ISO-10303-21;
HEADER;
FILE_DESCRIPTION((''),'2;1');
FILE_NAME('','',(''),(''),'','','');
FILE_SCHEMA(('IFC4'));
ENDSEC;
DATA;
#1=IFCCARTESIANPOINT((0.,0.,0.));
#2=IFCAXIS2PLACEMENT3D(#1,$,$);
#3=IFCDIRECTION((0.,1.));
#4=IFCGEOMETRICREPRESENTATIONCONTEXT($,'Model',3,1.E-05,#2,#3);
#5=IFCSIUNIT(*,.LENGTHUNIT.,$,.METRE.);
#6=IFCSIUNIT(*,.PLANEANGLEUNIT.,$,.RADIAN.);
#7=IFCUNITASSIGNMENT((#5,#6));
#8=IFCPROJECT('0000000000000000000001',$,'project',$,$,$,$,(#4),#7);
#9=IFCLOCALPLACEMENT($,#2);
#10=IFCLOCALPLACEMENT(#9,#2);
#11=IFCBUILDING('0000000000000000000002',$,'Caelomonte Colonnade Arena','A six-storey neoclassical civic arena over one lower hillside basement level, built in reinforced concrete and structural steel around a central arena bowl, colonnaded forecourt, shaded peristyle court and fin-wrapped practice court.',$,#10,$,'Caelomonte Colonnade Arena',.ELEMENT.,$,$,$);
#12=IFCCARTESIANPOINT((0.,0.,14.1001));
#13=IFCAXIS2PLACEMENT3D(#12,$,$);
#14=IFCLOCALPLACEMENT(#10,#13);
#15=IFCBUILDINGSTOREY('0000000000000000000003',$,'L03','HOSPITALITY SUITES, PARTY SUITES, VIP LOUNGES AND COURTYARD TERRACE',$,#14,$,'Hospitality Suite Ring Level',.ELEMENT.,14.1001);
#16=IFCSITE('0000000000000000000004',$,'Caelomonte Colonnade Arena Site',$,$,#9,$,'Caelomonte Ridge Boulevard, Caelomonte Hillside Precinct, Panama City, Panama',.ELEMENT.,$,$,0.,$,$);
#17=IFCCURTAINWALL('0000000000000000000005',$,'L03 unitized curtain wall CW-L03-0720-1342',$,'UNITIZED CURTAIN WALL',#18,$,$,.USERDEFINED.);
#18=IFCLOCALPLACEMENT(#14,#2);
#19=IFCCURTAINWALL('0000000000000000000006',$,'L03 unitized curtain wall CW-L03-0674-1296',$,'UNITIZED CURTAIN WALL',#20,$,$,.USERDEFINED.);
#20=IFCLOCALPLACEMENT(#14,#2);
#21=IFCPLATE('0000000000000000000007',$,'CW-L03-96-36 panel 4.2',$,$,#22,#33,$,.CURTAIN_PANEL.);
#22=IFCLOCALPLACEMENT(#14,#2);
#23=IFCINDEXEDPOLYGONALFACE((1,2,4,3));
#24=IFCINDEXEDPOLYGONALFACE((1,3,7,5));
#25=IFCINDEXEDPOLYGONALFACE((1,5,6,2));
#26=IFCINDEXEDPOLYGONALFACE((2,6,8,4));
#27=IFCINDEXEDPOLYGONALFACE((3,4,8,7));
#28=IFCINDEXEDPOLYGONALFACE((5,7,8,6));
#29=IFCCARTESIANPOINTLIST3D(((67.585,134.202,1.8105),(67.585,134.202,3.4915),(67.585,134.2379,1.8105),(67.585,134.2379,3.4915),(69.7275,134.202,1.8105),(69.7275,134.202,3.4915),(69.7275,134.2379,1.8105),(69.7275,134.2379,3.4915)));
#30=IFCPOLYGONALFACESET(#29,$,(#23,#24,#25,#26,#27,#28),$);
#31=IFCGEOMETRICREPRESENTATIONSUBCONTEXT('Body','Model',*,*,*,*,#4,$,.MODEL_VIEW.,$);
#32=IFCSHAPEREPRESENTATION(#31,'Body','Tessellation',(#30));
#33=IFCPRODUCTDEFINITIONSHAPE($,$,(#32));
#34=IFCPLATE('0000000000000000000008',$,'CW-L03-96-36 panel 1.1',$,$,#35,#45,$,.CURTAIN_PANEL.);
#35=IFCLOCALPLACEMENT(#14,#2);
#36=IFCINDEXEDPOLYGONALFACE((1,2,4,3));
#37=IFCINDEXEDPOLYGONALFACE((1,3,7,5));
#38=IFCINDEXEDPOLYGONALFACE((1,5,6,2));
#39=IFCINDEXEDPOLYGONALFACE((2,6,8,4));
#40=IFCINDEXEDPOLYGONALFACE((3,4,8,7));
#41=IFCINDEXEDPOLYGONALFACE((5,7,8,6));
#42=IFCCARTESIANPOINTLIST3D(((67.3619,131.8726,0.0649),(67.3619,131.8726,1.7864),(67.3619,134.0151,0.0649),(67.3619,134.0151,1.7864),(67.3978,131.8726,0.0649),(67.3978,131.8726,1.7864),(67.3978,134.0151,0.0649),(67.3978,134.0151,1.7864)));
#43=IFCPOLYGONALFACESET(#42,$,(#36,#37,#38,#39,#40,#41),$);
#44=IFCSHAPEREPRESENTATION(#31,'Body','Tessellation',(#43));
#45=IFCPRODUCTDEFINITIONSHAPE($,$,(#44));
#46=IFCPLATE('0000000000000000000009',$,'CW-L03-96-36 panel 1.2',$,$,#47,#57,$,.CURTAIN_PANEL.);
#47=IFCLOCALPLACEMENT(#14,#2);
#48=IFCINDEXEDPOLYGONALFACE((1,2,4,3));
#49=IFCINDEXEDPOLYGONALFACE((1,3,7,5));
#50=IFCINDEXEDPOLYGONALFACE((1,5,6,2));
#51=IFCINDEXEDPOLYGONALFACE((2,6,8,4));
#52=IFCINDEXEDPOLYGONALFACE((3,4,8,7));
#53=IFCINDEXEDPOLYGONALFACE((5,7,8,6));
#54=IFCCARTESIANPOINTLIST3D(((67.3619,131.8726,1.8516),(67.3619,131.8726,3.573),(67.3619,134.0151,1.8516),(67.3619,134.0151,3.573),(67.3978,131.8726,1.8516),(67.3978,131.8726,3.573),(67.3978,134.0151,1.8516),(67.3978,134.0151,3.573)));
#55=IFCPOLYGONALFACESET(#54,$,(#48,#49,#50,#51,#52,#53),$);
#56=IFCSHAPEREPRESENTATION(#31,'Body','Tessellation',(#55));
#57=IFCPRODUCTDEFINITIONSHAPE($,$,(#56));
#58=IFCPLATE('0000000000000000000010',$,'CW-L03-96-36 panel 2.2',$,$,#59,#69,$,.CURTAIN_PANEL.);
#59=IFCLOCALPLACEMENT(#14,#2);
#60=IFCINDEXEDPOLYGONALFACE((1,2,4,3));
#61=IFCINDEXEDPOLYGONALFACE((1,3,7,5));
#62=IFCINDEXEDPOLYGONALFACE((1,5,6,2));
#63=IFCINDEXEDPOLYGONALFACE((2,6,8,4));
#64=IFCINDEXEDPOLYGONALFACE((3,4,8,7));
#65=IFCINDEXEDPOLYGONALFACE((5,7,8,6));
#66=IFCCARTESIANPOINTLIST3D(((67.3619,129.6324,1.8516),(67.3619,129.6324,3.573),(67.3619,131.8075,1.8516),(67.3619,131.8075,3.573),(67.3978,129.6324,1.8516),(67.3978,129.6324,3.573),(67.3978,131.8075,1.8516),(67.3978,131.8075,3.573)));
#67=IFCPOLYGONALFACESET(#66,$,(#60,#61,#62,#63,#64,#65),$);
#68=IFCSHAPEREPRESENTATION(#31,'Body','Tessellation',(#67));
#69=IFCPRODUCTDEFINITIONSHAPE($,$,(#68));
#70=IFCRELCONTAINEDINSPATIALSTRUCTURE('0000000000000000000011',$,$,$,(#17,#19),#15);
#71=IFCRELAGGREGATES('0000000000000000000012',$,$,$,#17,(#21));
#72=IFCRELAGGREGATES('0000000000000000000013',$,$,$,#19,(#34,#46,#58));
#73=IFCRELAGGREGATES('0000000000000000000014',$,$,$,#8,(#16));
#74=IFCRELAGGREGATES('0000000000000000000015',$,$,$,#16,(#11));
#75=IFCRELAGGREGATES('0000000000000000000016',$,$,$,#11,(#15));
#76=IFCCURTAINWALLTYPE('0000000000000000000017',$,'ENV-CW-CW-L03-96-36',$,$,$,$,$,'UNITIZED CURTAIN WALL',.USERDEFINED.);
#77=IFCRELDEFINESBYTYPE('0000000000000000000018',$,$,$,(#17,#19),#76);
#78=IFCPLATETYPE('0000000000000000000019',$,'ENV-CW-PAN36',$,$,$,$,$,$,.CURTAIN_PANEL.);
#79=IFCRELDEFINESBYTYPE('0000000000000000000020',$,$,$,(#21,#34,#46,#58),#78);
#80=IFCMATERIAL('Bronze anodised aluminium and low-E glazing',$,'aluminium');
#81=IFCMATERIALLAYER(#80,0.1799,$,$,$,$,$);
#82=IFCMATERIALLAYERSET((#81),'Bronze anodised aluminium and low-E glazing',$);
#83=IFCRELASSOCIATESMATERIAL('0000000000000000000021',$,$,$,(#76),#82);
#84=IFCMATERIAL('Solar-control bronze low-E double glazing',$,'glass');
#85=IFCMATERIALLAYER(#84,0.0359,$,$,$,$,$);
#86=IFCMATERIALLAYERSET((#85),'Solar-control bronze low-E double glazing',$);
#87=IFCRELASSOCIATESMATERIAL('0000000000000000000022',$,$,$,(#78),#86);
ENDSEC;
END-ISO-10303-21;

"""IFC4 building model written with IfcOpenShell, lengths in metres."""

from ifc_helpers import new_model, si_unit, direction, frame, origin, origin_2d, place, context, subcontext, project, spatial, rectangle, extrude, material, layer, layer_set, type_object, element, aggregate, save


model = new_model("IFC4")

# Units and contexts
model_context = context("Model", 3, precision=1e-05, world=origin(), true_north=direction((0.0, 1.0)))
body_context = subcontext(model_context, "Body", "Model", "MODEL_VIEW")
ifc_project = project(units=[si_unit("LENGTHUNIT", "METRE"), si_unit("PLANEANGLEUNIT", "RADIAN")], contexts=[model_context])

# Site, building, storey
site_placement = place(None, origin())
site = spatial("IfcSite", under=ifc_project, at=site_placement, Name="Caelomonte Colonnade Arena Site", LongName="Caelomonte Ridge Boulevard, Caelomonte Hillside Precinct, Panama City, Panama", CompositionType="ELEMENT", RefElevation=0.0)
building_placement = place(site_placement, origin())
building = spatial("IfcBuilding", under=site, at=building_placement, Name="Caelomonte Colonnade Arena", Description="A six-storey neoclassical civic arena over one lower hillside basement level, built in reinforced concrete and structural steel around a central arena bowl, colonnaded forecourt, shaded peristyle court and fin-wrapped practice court.", LongName="Caelomonte Colonnade Arena", CompositionType="ELEMENT")
storey_placement = place(building_placement, frame((0.0, 0.0, 14.1001)))
storey = spatial("IfcBuildingStorey", under=building, at=storey_placement, Name="L03", Description="HOSPITALITY SUITES, PARTY SUITES, VIP LOUNGES AND COURTYARD TERRACE", LongName="Hospitality Suite Ring Level", CompositionType="ELEMENT", Elevation=14.1001)

# Curtain walls
ifc_material_1 = material(Name="Bronze anodised aluminium and low-E glazing", Category="aluminium")
ifc_layer_1 = layer(ifc_material_1, 0.1799)
ifc_layer_set_1 = layer_set([ifc_layer_1], Name="Bronze anodised aluminium and low-E glazing")
curtain_wall_type = type_object("IfcCurtainWallType", Name="ENV-CW-CW-L03-96-36", ElementType="UNITIZED CURTAIN WALL", PredefinedType="USERDEFINED", material=ifc_layer_set_1)
curtain_wall_1_placement = place(storey_placement, origin())
curtain_wall_1 = element("IfcCurtainWall", 1, at=curtain_wall_1_placement, inside=storey, type_object=curtain_wall_type, Name="L03 unitized curtain wall CW-L03-0720-1342", ObjectType="UNITIZED CURTAIN WALL", PredefinedType="USERDEFINED")
curtain_wall_2_placement = place(storey_placement, origin())
curtain_wall_2 = element("IfcCurtainWall", 2, at=curtain_wall_2_placement, inside=storey, type_object=curtain_wall_type, Name="L03 unitized curtain wall CW-L03-0674-1296", ObjectType="UNITIZED CURTAIN WALL", PredefinedType="USERDEFINED")

# Plates
ifc_material_2 = material(Name="Solar-control bronze low-E double glazing", Category="glass")
ifc_layer_2 = layer(ifc_material_2, 0.0359)
ifc_layer_set_2 = layer_set([ifc_layer_2], Name="Solar-control bronze low-E double glazing")
plate_type = type_object("IfcPlateType", Name="ENV-CW-PAN36", PredefinedType="CURTAIN_PANEL", material=ifc_layer_set_2)
plate_1_placement = place(storey_placement, frame((68.6562, 134.22, 1.8105), z_axis=(0.0, 0.0, 1.0), x_axis=(-1.0, 0.0, 0.0)))
plate_1 = element("IfcPlate", 3, at=plate_1_placement, type_object=plate_type, Name="CW-L03-96-36 panel 4.2", PredefinedType="CURTAIN_PANEL", context=body_context, shape_type="SweptSolid", body=[
    extrude(rectangle(XDim=2.1426, YDim=0.0359, at=origin_2d()), origin(), (0.0, 0.0, 1.0), 1.6809),
])
aggregate(curtain_wall_1, [plate_1])
plate_2_placement = place(storey_placement, frame((67.3799, 132.9438, 0.0649), z_axis=(0.0, 0.0, 1.0), x_axis=(0.0, -1.0, 0.0)))
plate_2 = element("IfcPlate", 4, at=plate_2_placement, type_object=plate_type, Name="CW-L03-96-36 panel 1.1", PredefinedType="CURTAIN_PANEL", context=body_context, shape_type="SweptSolid", body=[
    extrude(rectangle(XDim=2.1426, YDim=0.0359, at=origin_2d()), origin(), (0.0, 0.0, 1.0), 1.7214),
])
plate_3_placement = place(storey_placement, frame((67.3799, 132.9438, 1.8516), z_axis=(0.0, 0.0, 1.0), x_axis=(0.0, -1.0, 0.0)))
plate_3 = element("IfcPlate", 5, at=plate_3_placement, type_object=plate_type, Name="CW-L03-96-36 panel 1.2", PredefinedType="CURTAIN_PANEL", context=body_context, shape_type="SweptSolid", body=[
    extrude(rectangle(XDim=2.1426, YDim=0.0359, at=origin_2d()), origin(), (0.0, 0.0, 1.0), 1.7214),
])
plate_4_placement = place(storey_placement, frame((67.3799, 130.72, 1.8516), z_axis=(0.0, 0.0, 1.0), x_axis=(0.0, -1.0, 0.0)))
plate_4 = element("IfcPlate", 6, at=plate_4_placement, type_object=plate_type, Name="CW-L03-96-36 panel 2.2", PredefinedType="CURTAIN_PANEL", context=body_context, shape_type="SweptSolid", body=[
    extrude(rectangle(XDim=2.175, YDim=0.0359, at=origin_2d()), origin(), (0.0, 0.0, 1.0), 1.7214),
])
aggregate(curtain_wall_2, [plate_2, plate_3, plate_4])

save(model, "model.ifc")
